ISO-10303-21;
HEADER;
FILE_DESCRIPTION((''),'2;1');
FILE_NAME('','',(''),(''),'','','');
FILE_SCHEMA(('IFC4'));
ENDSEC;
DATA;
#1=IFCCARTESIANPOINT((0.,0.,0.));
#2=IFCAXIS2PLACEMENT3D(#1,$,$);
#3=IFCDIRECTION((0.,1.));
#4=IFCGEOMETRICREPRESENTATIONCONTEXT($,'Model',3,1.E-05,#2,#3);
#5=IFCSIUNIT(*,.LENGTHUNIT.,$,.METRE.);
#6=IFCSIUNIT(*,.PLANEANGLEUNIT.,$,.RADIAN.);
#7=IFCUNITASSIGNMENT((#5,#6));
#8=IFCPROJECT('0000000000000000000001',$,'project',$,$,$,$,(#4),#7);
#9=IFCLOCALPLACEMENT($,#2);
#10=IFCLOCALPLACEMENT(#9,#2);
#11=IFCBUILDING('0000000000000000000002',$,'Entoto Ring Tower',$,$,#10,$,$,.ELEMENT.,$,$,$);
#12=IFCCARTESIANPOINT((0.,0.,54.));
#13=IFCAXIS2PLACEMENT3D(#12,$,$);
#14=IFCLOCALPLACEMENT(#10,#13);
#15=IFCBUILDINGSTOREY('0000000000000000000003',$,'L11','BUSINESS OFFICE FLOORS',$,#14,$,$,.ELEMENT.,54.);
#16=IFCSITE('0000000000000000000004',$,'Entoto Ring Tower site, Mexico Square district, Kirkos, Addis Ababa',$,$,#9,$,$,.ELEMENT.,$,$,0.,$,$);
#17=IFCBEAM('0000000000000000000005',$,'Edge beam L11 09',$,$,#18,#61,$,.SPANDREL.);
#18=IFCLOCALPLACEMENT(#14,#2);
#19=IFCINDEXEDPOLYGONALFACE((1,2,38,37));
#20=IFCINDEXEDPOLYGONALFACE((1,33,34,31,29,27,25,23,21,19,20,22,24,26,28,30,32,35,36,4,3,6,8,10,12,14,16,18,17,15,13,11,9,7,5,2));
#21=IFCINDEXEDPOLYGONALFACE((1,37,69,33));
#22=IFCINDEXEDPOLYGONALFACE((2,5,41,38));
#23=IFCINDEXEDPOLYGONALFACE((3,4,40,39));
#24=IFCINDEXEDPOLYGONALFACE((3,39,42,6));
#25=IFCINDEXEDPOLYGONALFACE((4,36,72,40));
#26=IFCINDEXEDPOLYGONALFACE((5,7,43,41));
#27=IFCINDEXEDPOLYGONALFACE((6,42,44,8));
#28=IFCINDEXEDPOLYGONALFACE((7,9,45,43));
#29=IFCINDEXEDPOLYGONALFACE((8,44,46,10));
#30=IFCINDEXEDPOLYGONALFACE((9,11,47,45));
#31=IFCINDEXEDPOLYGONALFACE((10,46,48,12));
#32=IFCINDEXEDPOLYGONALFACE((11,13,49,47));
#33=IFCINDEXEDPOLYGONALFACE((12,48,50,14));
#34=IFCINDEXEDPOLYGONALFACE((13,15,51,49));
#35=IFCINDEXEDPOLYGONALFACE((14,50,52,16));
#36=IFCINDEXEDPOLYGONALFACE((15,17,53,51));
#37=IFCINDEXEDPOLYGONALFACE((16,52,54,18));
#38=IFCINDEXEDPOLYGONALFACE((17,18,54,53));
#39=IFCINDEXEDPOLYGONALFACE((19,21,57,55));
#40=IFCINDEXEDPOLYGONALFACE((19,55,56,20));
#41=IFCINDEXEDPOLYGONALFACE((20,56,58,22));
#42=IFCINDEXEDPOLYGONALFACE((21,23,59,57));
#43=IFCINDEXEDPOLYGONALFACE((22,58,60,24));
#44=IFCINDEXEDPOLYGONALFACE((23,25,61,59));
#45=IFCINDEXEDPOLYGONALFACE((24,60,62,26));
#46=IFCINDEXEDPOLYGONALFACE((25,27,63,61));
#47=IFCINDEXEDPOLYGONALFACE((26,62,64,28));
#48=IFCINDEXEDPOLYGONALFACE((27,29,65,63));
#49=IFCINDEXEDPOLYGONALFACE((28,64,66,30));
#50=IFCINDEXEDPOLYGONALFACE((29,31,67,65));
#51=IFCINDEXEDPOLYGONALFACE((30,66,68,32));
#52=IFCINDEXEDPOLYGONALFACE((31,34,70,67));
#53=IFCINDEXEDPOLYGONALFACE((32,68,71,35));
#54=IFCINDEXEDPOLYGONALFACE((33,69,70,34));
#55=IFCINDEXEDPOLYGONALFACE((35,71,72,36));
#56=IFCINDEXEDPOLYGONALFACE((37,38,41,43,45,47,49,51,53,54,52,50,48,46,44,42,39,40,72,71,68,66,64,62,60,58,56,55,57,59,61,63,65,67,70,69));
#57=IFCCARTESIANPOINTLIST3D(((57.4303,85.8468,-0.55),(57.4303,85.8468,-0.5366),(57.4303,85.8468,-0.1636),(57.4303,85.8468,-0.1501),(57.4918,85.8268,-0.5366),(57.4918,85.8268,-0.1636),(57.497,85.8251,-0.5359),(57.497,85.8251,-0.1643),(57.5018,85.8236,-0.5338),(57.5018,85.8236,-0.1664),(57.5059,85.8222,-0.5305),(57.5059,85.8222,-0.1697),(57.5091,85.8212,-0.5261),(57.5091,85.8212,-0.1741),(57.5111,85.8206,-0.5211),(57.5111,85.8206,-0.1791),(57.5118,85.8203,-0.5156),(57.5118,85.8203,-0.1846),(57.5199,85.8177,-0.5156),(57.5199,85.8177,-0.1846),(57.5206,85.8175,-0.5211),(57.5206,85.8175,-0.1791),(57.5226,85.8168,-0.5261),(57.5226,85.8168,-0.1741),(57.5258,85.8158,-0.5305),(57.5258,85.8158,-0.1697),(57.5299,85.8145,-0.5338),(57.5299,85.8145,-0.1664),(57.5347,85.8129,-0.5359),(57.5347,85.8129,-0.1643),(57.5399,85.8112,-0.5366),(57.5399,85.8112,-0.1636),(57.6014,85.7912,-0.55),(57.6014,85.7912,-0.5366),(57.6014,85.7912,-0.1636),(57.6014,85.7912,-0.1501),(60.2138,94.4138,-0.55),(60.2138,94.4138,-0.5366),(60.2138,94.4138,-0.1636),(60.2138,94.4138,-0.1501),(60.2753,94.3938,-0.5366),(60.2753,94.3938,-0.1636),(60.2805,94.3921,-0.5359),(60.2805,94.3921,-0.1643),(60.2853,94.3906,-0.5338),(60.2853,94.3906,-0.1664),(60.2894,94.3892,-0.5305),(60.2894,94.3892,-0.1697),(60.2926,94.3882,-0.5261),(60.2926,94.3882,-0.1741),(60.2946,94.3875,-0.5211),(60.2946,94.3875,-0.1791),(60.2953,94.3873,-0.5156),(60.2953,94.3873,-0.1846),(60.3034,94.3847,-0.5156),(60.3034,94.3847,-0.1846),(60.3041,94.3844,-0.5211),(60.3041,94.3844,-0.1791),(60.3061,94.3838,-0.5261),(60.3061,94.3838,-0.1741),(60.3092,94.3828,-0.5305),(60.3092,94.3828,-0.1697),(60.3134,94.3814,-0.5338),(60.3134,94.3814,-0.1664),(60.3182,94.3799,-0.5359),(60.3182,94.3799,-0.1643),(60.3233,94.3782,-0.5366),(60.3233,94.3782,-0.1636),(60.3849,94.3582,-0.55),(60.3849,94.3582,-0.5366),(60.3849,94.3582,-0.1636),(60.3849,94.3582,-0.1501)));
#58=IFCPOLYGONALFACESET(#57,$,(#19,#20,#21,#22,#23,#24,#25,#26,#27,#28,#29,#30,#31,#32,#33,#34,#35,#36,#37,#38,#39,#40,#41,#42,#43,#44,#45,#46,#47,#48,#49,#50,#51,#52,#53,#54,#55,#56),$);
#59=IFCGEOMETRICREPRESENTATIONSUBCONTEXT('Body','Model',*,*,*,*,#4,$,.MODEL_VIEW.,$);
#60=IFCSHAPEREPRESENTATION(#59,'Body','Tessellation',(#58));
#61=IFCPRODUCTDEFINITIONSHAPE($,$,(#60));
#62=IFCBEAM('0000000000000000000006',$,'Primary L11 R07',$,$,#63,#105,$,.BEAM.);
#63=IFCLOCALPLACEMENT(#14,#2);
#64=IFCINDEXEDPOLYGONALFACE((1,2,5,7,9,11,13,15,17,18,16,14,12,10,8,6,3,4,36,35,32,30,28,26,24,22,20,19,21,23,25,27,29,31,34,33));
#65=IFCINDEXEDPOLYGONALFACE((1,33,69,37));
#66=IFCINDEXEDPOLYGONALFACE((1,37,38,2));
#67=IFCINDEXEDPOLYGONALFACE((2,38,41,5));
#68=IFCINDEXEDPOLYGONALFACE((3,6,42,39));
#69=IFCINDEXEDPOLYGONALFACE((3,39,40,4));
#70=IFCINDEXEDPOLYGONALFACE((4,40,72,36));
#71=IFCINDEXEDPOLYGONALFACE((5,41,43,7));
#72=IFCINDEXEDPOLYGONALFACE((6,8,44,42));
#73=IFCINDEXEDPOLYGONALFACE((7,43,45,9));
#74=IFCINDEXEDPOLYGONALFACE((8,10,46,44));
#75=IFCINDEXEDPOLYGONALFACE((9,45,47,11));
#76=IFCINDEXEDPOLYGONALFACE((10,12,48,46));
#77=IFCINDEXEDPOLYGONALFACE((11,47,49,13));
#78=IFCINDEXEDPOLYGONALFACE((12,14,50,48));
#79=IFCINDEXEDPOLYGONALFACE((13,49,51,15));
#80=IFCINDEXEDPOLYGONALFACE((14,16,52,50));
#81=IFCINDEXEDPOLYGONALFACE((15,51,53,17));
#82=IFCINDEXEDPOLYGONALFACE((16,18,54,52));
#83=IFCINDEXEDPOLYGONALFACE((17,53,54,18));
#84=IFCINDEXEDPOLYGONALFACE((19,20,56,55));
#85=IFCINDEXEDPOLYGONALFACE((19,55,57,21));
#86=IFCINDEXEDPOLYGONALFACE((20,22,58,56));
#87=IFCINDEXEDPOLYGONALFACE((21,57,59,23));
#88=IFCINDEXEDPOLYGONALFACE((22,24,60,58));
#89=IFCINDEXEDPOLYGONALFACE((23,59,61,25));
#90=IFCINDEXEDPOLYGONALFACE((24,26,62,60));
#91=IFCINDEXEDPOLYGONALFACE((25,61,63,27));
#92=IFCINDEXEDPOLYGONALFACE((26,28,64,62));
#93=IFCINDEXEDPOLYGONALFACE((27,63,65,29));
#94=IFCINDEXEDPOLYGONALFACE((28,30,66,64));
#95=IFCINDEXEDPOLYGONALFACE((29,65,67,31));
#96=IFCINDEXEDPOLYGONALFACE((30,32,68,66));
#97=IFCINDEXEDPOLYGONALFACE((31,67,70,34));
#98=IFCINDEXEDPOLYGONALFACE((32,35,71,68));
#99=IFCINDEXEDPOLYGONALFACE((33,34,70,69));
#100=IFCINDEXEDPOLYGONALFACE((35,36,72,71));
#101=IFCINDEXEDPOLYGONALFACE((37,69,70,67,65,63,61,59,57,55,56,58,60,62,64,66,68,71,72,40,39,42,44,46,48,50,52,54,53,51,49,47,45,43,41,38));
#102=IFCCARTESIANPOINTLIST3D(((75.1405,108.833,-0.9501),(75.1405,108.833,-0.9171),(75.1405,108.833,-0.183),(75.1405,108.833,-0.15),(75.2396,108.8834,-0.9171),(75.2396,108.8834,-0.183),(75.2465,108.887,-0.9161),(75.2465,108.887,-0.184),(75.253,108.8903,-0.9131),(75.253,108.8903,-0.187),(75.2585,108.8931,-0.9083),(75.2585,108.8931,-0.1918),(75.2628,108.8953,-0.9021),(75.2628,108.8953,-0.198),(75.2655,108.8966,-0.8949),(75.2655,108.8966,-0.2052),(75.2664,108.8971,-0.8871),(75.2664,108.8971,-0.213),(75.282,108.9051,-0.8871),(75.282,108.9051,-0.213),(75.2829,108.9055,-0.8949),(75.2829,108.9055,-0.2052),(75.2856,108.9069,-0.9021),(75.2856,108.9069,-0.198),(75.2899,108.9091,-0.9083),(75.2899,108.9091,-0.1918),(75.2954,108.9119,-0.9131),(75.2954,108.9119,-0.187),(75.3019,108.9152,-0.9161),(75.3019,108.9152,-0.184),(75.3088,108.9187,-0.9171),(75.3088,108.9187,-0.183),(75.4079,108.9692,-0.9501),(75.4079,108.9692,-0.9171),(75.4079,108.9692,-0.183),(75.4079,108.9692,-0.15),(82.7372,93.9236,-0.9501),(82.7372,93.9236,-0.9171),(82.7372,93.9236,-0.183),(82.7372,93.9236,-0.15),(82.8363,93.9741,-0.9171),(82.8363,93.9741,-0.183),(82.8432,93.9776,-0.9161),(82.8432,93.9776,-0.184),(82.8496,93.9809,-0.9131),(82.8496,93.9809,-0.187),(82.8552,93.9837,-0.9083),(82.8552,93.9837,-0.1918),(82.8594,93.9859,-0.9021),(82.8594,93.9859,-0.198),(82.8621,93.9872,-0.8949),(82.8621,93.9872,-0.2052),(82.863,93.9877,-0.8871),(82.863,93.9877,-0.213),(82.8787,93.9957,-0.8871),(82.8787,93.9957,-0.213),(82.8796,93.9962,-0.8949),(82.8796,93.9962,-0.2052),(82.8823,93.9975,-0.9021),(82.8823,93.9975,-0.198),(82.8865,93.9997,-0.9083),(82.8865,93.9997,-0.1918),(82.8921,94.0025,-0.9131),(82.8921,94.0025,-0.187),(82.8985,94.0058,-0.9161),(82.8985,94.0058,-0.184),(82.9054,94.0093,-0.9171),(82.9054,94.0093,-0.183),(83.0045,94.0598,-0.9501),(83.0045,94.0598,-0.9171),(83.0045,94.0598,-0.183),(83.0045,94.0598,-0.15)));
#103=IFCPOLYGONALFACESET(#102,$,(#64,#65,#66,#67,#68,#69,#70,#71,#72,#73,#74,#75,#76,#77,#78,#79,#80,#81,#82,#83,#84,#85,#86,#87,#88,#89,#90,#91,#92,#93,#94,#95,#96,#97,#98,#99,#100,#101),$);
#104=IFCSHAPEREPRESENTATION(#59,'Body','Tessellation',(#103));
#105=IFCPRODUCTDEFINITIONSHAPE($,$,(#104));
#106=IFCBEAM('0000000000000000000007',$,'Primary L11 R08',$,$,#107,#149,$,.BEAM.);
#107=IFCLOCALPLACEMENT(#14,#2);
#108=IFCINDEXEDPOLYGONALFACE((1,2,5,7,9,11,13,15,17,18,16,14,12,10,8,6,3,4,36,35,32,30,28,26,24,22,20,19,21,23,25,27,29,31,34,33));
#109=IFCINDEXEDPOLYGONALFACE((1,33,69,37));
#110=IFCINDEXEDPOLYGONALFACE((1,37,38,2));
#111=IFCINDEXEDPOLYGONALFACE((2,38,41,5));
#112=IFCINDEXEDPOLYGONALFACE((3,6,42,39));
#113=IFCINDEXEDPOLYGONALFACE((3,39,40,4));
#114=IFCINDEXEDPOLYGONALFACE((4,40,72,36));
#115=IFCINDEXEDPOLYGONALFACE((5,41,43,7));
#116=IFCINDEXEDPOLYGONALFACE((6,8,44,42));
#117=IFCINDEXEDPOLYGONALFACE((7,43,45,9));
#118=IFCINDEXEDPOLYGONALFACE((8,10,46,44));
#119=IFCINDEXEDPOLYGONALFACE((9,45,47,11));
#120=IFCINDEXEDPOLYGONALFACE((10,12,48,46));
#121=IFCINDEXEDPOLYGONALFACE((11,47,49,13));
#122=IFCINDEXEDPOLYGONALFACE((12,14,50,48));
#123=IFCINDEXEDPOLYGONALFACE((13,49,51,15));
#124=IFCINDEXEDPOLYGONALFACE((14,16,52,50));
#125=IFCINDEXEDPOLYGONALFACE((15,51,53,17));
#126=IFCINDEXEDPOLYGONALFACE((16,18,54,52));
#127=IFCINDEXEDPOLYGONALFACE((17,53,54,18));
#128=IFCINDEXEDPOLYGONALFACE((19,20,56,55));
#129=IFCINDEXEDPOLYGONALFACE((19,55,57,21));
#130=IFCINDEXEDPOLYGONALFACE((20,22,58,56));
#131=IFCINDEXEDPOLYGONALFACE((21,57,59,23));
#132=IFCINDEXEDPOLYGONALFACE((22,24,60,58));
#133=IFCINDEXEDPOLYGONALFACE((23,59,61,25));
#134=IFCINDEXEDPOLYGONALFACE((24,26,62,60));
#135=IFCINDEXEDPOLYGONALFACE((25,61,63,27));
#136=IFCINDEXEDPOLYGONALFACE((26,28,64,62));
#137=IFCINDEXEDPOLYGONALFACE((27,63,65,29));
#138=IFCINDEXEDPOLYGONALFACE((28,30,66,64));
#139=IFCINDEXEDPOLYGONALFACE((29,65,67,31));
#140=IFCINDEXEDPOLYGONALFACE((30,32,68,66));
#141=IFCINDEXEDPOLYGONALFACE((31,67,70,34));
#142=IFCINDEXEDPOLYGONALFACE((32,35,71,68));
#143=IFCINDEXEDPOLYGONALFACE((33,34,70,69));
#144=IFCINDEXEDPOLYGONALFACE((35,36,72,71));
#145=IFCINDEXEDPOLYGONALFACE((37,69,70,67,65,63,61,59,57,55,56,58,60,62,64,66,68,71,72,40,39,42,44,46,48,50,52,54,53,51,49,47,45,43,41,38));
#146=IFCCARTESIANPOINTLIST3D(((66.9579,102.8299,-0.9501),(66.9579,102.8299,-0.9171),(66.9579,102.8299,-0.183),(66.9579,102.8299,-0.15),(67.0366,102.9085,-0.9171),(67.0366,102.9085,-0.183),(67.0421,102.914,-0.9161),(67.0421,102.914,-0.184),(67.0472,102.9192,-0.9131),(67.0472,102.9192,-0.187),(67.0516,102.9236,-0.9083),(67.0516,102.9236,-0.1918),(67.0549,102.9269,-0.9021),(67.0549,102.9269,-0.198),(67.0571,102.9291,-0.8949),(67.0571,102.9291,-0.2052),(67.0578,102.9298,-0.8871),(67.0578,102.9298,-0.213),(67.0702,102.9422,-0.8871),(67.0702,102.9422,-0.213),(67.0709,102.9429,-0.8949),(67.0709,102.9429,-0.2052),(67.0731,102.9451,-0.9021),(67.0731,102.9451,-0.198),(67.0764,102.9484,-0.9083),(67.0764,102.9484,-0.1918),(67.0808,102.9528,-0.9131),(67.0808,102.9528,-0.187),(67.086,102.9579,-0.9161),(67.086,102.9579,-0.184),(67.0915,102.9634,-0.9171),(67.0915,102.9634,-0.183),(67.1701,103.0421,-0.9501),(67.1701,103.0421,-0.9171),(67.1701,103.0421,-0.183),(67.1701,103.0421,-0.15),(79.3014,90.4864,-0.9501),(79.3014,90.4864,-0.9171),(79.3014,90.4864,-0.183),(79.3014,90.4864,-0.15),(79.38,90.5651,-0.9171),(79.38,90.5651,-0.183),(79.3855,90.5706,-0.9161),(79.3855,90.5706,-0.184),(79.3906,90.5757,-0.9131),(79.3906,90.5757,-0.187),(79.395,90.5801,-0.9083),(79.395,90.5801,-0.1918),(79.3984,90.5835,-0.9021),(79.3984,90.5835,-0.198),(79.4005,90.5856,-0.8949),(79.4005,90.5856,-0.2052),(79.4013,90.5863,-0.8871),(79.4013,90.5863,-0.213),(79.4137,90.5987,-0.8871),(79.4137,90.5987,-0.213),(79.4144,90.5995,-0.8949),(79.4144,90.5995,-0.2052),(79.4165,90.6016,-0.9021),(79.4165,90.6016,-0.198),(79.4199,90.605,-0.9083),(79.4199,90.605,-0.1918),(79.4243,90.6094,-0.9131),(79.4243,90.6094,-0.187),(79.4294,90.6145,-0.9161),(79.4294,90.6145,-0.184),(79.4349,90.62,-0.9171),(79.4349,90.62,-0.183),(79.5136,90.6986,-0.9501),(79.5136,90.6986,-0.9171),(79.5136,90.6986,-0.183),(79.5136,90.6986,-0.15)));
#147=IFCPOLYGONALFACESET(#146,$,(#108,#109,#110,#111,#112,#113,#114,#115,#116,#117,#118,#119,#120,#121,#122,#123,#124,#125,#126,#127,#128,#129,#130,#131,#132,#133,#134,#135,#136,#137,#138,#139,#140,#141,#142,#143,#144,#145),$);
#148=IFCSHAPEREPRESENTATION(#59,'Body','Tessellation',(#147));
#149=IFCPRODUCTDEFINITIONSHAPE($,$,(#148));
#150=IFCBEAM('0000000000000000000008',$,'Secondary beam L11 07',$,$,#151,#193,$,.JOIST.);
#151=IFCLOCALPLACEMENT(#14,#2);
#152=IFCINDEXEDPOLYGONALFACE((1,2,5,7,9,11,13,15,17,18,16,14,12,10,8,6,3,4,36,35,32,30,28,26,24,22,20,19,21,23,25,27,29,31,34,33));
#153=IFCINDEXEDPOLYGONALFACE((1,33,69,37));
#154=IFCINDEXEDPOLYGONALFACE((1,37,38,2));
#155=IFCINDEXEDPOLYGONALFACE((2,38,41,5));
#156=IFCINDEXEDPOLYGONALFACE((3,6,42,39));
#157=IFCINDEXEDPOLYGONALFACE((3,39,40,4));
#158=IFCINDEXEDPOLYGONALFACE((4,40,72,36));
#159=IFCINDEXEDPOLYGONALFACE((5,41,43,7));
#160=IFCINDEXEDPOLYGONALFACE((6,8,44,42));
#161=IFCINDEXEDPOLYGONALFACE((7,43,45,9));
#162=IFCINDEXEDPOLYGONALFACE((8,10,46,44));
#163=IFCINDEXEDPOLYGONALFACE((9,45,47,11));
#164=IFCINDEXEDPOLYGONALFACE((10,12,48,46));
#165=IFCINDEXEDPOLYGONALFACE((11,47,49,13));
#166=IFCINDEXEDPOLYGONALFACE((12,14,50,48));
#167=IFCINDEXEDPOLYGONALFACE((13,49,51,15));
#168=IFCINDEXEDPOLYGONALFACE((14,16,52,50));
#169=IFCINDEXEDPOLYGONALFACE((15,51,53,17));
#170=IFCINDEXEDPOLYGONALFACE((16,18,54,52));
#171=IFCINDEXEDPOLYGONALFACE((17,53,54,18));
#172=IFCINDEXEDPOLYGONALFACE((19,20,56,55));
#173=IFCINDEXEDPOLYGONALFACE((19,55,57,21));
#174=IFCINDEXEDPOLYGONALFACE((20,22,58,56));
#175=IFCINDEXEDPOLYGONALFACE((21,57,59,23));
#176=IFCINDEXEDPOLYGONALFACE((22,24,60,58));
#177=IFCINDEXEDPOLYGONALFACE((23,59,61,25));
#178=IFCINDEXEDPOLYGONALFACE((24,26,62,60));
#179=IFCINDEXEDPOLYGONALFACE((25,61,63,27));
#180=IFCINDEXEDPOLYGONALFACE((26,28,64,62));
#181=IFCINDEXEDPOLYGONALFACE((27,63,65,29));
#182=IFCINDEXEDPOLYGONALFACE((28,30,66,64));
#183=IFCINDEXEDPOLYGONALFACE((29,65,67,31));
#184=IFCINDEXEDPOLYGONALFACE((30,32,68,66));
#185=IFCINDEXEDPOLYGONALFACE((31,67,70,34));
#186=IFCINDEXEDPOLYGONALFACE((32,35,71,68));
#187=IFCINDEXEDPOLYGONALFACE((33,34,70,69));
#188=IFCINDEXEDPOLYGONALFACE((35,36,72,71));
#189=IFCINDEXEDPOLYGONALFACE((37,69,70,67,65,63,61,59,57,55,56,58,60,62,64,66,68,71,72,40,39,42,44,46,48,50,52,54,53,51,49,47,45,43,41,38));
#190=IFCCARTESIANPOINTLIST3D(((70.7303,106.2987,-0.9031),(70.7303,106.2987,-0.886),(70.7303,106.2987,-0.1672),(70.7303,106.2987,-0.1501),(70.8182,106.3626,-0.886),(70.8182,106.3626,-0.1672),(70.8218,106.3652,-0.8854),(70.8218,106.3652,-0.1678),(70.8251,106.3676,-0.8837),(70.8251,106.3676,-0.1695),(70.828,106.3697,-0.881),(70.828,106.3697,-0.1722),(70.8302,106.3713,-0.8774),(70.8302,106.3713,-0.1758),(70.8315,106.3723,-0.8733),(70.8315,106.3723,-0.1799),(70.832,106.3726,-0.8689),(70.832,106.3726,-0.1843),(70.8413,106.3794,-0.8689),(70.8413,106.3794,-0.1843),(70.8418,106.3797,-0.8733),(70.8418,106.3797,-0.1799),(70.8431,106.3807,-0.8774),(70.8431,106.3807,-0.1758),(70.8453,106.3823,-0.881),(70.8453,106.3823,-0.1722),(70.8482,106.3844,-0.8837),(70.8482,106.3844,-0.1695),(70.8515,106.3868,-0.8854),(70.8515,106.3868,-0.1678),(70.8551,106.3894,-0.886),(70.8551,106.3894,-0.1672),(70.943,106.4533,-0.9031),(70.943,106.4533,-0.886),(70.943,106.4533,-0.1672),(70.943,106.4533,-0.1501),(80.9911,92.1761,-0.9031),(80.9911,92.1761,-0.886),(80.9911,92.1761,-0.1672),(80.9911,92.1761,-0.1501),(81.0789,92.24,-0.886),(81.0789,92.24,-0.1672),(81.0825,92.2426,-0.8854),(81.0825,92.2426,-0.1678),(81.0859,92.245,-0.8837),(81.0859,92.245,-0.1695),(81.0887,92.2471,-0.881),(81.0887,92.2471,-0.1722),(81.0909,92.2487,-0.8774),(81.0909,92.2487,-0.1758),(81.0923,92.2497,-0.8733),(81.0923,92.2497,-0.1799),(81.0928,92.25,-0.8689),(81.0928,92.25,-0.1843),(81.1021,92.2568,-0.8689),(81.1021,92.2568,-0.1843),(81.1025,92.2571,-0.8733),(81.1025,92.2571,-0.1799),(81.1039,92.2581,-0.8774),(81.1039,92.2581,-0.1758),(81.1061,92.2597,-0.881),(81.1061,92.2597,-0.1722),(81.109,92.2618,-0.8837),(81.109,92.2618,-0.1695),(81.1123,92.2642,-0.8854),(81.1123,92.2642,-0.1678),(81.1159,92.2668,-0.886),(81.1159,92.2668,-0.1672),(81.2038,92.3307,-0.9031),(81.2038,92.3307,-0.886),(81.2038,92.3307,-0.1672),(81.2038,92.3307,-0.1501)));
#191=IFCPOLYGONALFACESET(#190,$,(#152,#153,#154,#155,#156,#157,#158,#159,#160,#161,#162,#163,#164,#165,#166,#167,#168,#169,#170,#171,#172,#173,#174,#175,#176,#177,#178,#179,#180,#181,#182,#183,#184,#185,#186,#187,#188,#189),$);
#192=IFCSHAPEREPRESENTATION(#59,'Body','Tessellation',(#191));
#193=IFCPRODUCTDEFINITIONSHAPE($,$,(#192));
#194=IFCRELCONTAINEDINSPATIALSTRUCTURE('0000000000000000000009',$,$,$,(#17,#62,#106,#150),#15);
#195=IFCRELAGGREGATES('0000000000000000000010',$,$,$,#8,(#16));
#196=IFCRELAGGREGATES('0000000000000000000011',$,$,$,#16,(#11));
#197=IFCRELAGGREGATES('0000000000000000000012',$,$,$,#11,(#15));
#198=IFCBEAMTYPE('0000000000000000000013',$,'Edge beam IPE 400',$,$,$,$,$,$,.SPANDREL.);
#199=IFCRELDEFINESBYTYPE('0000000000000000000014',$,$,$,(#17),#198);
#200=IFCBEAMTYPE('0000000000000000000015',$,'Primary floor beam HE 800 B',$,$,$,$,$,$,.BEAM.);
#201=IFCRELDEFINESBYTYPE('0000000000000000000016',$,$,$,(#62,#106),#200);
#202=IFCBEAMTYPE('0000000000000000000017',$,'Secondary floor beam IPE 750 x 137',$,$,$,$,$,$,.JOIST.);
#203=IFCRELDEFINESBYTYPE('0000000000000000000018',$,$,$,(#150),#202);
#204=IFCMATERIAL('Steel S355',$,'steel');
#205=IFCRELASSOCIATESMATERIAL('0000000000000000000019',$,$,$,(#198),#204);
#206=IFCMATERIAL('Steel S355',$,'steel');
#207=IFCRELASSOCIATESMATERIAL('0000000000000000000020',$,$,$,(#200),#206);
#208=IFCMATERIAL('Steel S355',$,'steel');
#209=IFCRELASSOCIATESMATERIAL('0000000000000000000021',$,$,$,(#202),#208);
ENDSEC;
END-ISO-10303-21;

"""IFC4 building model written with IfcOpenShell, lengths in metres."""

from ifc_helpers import new_model, si_unit, direction, frame, origin, origin_2d, place, context, subcontext, project, spatial, i_section, extrude, material, material_profile, profile_set, type_object, element, save


model = new_model("IFC4")

# Units and contexts
model_context = context("Model", 3, precision=1e-05, world=origin(), true_north=direction((0.0, 1.0)))
body_context = subcontext(model_context, "Body", "Model", "MODEL_VIEW")
ifc_project = project(units=[si_unit("LENGTHUNIT", "METRE"), si_unit("PLANEANGLEUNIT", "RADIAN")], contexts=[model_context])

# Site, building, storey
site_placement = place(None, origin())
site = spatial("IfcSite", under=ifc_project, at=site_placement, Name="Entoto Ring Tower site, Mexico Square district, Kirkos, Addis Ababa", CompositionType="ELEMENT", RefElevation=0.0)
building_placement = place(site_placement, origin())
building = spatial("IfcBuilding", under=site, at=building_placement, Name="Entoto Ring Tower", CompositionType="ELEMENT")
storey_placement = place(building_placement, frame((0.0, 0.0, 54.0)))
storey = spatial("IfcBuildingStorey", under=building, at=storey_placement, Name="L11", Description="BUSINESS OFFICE FLOORS", CompositionType="ELEMENT", Elevation=54.0)

# Beams
ifc_material_1 = material(Name="Steel S355", Category="steel")
ifc_material_profile_1 = material_profile(ifc_material_1, i_section(OverallWidth=0.1799, OverallDepth=0.3999, WebThickness=0.0085, FlangeThickness=0.0134, FilletRadius=0.021, at=origin_2d()), Name="IPE 400")
ifc_profile_set_1 = profile_set([ifc_material_profile_1], Name="Steel S355")
beam_type_1 = type_object("IfcBeamType", Name="Edge beam IPE 400", PredefinedType="SPANDREL", material=ifc_profile_set_1)
beam_1_placement = place(storey_placement, frame((60.2993, 94.386, -0.3501), z_axis=(-0.309006, -0.95106, 0.0), x_axis=(0.95106, -0.309006, 0.0)))
element("IfcBeam", 1, at=beam_1_placement, inside=storey, type_object=beam_type_1, Name="Edge beam L11 09", PredefinedType="SPANDREL", context=body_context, shape_type="SweptSolid", body=[
    extrude(i_section(OverallWidth=0.1799, OverallDepth=0.3999, WebThickness=0.0085, FlangeThickness=0.0134, FilletRadius=0.021, at=origin_2d()), origin(), (0.0, 0.0, 1.0), 9.0078),
])
ifc_material_2 = material(Name="Steel S355", Category="steel")
ifc_material_profile_2 = material_profile(ifc_material_2, i_section(OverallWidth=0.3, OverallDepth=0.8, WebThickness=0.0176, FlangeThickness=0.033, FilletRadius=0.03, at=origin_2d()), Name="HE 800 B")
ifc_profile_set_2 = profile_set([ifc_material_profile_2], Name="Steel S355")
beam_type_2 = type_object("IfcBeamType", Name="Primary floor beam HE 800 B", PredefinedType="BEAM", material=ifc_profile_set_2)
beam_2_placement = place(storey_placement, frame((82.8708, 93.9917, -0.55), z_axis=(-0.453988, 0.891008, 0.0), x_axis=(-0.891008, -0.453988, 0.0)))
element("IfcBeam", 2, at=beam_2_placement, inside=storey, type_object=beam_type_2, Name="Primary L11 R07", PredefinedType="BEAM", context=body_context, shape_type="SweptSolid", body=[
    extrude(i_section(OverallWidth=0.3, OverallDepth=0.8, WebThickness=0.0176, FlangeThickness=0.033, FilletRadius=0.03, at=origin_2d()), origin(), (0.0, 0.0, 1.0), 16.7332),
])
beam_3_placement = place(storey_placement, frame((79.4075, 90.5925, -0.55), z_axis=(-0.707107, 0.707107, 0.0), x_axis=(-0.707107, -0.707107, 0.0)))
element("IfcBeam", 3, at=beam_3_placement, inside=storey, type_object=beam_type_2, Name="Primary L11 R08", PredefinedType="BEAM", context=body_context, shape_type="SweptSolid", body=[
    extrude(i_section(OverallWidth=0.3, OverallDepth=0.8, WebThickness=0.0176, FlangeThickness=0.033, FilletRadius=0.03, at=origin_2d()), origin(), (0.0, 0.0, 1.0), 17.4563),
])
ifc_material_3 = material(Name="Steel S355", Category="steel")
ifc_material_profile_3 = material_profile(ifc_material_3, i_section(OverallWidth=0.2629, OverallDepth=0.7529, WebThickness=0.0115, FlangeThickness=0.0171, FilletRadius=0.0171, at=origin_2d()), Name="IPE 750 x 137")
ifc_profile_set_3 = profile_set([ifc_material_profile_3], Name="Steel S355")
beam_type_3 = type_object("IfcBeamType", Name="Secondary floor beam IPE 750 x 137", PredefinedType="JOIST", material=ifc_profile_set_3)
for number, where, z_axis, x_axis, name in (
    (4, (81.0974, 92.2534, -0.5266), (-0.587789, 0.809014, 0.0), (-0.809014, -0.587789, 0.0), "Secondary beam L11 07"),
):
    element("IfcBeam", number, at=place(storey_placement, frame(where, z_axis=z_axis, x_axis=x_axis)), inside=storey, type_object=beam_type_3, Name=name, PredefinedType="JOIST", context=body_context, shape_type="SweptSolid", body=[
        extrude(i_section(OverallWidth=0.2629, OverallDepth=0.7529, WebThickness=0.0115, FlangeThickness=0.0171, FilletRadius=0.0171, at=origin_2d()), origin(), (0.0, 0.0, 1.0), 17.4565),
    ])

save(model, "model.ifc")
